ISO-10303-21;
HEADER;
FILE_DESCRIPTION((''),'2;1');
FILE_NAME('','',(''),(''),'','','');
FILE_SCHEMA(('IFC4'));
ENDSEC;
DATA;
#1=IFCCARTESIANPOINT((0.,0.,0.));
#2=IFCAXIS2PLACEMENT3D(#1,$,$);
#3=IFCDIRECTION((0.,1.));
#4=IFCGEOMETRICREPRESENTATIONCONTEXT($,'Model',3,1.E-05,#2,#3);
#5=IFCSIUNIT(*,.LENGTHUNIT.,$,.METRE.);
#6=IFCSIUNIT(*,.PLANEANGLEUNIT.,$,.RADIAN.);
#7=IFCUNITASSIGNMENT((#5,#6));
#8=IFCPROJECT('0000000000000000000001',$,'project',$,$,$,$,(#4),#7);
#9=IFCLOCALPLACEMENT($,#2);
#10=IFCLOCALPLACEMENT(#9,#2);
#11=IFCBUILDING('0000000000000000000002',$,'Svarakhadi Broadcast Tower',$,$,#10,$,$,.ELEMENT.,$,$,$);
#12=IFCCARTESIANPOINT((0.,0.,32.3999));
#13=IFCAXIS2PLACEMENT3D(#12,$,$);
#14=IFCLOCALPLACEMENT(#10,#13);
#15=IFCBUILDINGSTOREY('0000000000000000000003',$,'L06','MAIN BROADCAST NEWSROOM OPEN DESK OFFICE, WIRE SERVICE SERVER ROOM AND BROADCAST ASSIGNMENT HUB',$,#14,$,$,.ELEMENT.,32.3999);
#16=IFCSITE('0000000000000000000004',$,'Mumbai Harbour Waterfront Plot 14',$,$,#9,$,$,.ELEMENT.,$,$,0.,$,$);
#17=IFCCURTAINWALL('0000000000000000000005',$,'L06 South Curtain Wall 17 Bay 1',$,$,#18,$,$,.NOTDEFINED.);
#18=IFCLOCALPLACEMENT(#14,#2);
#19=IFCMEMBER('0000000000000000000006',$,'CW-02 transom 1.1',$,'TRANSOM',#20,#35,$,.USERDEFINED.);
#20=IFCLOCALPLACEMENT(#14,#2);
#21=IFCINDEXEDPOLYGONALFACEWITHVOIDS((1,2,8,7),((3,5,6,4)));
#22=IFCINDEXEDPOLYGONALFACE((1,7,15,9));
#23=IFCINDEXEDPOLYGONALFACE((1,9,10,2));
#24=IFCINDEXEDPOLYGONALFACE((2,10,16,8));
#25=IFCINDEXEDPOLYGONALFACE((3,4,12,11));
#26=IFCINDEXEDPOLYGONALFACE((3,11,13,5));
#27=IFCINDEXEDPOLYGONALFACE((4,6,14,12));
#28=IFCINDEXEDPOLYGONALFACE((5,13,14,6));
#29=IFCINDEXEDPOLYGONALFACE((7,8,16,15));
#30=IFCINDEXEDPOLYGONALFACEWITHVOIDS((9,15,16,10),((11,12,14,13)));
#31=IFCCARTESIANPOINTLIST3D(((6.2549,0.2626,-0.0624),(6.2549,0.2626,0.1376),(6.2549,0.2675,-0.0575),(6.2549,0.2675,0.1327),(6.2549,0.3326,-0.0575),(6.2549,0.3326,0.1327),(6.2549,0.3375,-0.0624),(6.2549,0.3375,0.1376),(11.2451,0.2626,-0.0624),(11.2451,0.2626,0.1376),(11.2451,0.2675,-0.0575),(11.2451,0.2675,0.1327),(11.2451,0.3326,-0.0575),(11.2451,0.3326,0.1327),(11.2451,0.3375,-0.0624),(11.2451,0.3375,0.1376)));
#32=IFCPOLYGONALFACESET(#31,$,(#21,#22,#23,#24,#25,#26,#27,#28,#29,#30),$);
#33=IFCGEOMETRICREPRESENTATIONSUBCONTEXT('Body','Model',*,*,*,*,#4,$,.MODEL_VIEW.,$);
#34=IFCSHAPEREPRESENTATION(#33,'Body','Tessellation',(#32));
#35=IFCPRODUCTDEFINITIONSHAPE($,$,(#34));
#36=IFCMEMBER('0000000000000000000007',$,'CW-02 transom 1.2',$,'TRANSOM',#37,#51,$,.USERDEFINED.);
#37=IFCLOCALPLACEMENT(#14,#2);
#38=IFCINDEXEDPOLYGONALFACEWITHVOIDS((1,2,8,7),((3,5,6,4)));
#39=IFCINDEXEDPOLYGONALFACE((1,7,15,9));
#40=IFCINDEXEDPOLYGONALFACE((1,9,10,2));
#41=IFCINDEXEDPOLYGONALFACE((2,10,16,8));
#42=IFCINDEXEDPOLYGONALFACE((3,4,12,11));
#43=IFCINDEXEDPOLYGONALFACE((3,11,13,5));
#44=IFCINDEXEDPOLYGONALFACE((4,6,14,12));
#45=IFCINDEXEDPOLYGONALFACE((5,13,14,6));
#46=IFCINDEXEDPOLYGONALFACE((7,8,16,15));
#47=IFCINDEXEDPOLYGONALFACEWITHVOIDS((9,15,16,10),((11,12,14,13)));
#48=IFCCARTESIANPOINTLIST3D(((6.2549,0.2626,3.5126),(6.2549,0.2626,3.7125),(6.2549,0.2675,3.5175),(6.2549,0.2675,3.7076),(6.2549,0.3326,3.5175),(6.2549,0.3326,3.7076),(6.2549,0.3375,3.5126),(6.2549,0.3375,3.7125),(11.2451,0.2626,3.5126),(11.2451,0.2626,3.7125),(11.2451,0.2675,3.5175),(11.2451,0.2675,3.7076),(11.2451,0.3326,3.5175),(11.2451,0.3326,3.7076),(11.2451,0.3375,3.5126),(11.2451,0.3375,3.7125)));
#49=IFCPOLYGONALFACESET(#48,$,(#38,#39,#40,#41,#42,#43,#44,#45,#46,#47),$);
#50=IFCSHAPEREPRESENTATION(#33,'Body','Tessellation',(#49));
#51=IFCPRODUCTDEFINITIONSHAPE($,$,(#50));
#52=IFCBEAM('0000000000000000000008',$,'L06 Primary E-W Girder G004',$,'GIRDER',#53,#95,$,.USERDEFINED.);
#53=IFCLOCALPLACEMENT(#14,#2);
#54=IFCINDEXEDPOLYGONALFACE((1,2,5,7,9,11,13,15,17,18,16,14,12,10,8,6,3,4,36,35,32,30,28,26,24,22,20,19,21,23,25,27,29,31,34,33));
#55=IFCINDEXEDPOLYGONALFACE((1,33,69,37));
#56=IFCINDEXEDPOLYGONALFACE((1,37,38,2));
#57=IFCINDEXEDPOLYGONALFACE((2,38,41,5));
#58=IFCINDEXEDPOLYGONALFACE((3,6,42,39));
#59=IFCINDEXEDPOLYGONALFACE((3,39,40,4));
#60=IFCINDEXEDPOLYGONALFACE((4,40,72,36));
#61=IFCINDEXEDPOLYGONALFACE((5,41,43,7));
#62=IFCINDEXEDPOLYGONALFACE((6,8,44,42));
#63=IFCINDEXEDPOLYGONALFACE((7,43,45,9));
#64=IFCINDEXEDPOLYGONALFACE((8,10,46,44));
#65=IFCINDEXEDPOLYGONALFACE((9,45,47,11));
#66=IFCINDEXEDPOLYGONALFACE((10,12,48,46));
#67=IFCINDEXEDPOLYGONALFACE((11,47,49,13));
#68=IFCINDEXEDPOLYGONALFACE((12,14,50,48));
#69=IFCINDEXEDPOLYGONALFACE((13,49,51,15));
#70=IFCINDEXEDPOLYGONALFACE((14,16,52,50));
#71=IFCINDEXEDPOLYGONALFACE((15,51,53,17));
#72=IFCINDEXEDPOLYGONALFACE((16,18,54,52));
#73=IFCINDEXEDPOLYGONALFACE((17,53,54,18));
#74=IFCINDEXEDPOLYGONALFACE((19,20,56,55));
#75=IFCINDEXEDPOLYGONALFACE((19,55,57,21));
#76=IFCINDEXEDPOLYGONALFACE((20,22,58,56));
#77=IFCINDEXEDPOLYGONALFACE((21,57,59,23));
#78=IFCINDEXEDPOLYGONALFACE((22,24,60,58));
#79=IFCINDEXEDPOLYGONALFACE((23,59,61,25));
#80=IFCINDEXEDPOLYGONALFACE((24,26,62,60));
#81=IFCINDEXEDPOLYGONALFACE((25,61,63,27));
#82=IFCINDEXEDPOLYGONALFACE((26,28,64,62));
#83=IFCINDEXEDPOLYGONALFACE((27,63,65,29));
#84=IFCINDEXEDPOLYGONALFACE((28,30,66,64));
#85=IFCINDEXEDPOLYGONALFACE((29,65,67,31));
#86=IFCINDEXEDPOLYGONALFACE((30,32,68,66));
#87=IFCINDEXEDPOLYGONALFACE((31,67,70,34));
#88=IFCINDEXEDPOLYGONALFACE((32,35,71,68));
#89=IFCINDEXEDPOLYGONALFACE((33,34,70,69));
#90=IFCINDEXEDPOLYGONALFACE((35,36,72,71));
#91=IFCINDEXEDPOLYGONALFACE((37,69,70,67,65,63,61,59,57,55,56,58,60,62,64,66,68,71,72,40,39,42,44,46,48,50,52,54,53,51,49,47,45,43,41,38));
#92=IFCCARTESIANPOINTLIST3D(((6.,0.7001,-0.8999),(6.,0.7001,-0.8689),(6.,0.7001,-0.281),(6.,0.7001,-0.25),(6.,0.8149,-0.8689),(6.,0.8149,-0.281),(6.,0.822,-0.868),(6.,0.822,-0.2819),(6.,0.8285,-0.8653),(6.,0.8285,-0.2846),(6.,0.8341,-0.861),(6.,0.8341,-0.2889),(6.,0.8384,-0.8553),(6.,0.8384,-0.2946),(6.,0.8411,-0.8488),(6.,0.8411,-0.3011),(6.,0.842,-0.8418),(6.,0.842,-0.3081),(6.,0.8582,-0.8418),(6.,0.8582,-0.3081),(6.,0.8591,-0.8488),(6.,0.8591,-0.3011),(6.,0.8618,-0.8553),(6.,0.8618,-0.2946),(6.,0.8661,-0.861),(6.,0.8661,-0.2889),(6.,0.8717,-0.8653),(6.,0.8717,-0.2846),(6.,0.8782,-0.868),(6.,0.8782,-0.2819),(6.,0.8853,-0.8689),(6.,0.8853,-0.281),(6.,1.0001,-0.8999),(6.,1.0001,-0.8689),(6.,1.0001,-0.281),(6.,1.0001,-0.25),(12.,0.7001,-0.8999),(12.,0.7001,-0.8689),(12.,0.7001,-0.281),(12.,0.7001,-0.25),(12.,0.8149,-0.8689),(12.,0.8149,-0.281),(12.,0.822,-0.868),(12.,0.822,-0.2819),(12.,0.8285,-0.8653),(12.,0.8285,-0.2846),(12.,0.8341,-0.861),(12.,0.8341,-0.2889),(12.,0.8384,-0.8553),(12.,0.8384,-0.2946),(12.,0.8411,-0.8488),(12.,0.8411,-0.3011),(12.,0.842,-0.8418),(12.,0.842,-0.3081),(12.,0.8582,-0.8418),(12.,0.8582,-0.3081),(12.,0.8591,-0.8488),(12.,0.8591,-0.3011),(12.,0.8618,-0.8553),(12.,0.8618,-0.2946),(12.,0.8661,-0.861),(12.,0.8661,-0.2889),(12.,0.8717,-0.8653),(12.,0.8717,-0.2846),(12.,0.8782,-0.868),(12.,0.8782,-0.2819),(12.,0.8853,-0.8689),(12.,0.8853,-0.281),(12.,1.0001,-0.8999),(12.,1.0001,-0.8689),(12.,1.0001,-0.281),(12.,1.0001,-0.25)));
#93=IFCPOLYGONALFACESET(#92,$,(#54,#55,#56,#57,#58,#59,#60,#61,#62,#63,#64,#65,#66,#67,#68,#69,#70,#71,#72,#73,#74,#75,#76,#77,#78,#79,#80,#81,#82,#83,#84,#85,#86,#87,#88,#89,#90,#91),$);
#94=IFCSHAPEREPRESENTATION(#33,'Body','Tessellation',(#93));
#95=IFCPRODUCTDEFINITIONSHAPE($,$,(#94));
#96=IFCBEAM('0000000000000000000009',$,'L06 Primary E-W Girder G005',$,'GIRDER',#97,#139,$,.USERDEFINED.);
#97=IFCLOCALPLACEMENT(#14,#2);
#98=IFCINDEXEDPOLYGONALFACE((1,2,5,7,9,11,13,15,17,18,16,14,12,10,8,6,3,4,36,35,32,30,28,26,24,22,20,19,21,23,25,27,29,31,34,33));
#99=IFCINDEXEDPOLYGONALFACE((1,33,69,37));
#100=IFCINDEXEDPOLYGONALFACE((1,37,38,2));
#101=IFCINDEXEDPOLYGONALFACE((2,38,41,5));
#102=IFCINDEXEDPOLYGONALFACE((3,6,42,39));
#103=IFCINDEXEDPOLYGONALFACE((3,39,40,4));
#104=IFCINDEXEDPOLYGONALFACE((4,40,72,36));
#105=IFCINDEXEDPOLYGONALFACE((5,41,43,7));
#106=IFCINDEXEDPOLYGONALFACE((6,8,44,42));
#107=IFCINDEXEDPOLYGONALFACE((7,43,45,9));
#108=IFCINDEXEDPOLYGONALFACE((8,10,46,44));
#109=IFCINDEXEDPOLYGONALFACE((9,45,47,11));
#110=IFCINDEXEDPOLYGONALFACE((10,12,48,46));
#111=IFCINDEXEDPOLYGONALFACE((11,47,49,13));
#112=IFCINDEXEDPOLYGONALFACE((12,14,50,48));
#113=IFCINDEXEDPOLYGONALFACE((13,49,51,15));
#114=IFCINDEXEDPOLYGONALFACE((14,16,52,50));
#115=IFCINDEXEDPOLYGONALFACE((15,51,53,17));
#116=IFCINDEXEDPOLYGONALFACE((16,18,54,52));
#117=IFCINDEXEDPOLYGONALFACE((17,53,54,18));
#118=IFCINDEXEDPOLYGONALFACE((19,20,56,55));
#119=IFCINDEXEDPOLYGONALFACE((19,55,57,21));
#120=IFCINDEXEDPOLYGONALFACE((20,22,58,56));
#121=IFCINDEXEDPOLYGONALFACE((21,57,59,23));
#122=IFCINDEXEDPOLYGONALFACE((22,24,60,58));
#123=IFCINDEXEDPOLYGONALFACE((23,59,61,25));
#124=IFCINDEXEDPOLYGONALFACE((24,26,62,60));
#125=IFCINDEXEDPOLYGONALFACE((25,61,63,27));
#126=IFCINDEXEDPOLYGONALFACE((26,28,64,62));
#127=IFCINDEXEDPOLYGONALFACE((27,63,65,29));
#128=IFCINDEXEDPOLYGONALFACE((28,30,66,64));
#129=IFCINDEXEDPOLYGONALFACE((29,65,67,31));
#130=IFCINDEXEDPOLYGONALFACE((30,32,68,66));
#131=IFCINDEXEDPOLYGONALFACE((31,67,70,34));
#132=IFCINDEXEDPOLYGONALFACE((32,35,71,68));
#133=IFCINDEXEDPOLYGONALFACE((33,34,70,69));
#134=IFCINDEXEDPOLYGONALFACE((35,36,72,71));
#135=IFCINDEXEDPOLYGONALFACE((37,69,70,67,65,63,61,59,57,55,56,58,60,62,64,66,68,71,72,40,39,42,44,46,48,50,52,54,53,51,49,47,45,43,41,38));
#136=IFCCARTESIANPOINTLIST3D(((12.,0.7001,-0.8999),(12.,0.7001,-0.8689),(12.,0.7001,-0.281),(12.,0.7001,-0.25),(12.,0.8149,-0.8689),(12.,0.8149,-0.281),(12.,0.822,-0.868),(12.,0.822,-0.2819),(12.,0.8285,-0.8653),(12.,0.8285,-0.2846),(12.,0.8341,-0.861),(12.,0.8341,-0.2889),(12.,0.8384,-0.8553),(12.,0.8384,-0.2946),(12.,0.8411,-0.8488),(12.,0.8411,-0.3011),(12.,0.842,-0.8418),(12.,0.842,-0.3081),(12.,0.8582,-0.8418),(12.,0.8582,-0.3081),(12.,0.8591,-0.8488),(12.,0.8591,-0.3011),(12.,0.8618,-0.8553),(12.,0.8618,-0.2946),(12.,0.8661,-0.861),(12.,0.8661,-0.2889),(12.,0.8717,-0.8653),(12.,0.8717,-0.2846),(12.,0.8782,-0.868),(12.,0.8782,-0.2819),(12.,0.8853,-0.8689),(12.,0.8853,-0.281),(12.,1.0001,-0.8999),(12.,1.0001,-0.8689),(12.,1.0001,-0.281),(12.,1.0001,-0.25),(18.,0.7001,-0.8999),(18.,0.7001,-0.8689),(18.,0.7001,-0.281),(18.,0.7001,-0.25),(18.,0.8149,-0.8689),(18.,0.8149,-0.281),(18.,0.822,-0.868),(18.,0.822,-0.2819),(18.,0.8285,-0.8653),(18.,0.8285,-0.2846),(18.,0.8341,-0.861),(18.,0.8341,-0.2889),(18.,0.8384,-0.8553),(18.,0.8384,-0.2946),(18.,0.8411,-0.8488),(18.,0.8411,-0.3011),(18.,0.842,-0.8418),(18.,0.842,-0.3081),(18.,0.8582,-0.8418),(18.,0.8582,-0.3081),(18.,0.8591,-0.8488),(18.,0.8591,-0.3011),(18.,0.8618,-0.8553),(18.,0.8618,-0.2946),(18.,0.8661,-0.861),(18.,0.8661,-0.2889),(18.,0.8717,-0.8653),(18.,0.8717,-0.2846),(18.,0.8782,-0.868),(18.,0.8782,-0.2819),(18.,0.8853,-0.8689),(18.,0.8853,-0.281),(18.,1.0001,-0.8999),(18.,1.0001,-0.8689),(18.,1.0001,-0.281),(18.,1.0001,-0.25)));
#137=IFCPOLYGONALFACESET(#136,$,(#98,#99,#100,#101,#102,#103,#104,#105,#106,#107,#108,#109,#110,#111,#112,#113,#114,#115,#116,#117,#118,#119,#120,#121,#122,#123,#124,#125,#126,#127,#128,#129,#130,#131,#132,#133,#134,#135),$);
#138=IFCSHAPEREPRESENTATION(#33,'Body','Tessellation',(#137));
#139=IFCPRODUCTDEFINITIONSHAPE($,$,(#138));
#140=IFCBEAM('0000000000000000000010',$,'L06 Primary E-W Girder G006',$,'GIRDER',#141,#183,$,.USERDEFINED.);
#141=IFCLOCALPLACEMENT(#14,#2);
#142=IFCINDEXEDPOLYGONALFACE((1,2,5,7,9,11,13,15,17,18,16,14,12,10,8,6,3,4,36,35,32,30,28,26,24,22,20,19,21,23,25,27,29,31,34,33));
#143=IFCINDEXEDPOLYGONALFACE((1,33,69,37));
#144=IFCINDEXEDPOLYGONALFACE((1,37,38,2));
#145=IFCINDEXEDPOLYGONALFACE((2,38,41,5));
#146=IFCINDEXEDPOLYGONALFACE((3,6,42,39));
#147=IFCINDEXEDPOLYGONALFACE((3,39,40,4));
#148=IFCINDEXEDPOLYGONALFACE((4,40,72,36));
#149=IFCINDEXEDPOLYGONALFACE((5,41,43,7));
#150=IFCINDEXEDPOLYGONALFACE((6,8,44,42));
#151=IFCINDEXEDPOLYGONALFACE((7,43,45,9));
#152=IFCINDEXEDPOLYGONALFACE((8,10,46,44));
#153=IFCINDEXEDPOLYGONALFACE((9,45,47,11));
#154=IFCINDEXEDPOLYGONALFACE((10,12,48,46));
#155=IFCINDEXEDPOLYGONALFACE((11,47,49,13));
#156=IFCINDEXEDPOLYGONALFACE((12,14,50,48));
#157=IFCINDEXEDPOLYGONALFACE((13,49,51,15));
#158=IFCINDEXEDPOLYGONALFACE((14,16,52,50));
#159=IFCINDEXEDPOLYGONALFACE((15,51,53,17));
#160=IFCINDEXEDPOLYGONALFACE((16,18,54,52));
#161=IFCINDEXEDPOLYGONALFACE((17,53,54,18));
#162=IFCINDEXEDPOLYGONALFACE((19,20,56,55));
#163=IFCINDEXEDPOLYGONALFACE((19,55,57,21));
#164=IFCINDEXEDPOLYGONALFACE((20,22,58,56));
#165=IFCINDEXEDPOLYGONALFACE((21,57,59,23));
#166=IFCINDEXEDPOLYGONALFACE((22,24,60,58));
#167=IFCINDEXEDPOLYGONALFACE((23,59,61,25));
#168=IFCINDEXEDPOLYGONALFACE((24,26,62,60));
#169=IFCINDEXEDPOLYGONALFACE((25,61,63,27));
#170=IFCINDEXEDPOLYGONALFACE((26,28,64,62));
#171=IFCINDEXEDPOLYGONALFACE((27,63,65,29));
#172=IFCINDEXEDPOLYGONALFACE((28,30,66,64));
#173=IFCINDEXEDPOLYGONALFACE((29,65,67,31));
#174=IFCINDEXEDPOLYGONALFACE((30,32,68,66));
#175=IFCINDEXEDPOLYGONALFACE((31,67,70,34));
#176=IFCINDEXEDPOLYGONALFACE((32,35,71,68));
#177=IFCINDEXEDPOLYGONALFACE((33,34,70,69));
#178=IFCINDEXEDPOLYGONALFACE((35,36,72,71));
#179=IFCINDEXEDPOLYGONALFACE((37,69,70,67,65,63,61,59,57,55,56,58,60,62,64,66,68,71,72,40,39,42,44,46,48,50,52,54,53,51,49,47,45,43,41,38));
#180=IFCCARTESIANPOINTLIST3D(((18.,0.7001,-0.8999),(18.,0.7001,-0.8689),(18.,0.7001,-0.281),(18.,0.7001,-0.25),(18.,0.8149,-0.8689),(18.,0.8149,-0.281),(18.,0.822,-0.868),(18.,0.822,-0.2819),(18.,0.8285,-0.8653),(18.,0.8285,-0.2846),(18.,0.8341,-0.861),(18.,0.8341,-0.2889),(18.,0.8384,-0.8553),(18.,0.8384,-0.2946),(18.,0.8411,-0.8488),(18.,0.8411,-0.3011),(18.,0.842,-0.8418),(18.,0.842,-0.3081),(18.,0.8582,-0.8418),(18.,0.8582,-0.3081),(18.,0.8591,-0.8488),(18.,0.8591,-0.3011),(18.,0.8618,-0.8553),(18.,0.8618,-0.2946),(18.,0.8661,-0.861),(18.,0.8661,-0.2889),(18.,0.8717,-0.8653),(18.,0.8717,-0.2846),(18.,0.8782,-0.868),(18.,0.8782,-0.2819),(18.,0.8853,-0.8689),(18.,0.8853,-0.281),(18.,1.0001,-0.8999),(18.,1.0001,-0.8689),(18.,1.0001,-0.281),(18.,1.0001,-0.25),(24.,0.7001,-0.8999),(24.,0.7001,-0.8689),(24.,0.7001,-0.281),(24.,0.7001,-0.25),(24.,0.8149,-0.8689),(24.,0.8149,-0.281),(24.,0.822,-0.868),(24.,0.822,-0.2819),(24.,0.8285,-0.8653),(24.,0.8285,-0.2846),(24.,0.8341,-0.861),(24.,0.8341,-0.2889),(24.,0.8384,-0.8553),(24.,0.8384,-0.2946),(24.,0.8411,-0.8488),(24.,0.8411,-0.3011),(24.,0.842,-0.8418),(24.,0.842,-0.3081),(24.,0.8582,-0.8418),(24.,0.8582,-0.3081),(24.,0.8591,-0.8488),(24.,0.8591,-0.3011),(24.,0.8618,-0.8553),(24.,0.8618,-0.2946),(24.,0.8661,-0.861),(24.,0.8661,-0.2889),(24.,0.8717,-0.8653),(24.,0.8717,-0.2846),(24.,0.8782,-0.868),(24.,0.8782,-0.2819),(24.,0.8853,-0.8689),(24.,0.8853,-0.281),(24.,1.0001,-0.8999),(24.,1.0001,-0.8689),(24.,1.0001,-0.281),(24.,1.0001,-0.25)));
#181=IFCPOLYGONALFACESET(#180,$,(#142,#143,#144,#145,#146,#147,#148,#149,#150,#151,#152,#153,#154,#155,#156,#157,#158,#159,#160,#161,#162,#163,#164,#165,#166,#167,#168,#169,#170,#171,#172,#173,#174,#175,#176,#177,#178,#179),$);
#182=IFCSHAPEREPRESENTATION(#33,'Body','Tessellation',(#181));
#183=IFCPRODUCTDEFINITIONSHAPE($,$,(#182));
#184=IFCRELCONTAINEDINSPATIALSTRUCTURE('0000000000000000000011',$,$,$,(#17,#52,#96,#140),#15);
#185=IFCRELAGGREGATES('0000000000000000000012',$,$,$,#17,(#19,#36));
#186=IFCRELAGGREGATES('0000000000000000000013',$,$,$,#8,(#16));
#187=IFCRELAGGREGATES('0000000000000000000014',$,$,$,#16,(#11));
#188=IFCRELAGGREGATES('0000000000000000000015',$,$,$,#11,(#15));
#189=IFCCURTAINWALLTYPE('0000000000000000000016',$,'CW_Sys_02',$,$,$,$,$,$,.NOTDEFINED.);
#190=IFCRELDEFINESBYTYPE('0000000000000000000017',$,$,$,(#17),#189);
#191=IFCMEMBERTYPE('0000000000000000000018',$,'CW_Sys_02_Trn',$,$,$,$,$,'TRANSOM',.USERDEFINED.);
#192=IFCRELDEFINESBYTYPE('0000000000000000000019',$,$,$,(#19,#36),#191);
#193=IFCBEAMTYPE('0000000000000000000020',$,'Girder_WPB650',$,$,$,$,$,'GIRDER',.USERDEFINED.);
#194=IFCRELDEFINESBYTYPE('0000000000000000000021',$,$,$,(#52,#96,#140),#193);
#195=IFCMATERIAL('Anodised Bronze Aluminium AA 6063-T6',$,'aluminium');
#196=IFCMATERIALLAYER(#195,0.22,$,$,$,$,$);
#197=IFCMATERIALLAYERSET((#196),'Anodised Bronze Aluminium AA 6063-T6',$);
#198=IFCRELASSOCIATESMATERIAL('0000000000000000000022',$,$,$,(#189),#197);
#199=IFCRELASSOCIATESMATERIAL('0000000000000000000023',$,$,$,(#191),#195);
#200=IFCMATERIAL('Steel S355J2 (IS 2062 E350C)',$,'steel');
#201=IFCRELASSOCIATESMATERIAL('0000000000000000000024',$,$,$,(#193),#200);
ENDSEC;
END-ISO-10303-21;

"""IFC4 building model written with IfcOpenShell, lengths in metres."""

from ifc_helpers import new_model, si_unit, direction, frame, origin, origin_2d, place, context, subcontext, project, spatial, hollow_rectangle, i_section, extrude, material, layer, layer_set, material_profile, profile_set, type_object, element, aggregate, save


model = new_model("IFC4")

# Units and contexts
model_context = context("Model", 3, precision=1e-05, world=origin(), true_north=direction((0.0, 1.0)))
body_context = subcontext(model_context, "Body", "Model", "MODEL_VIEW")
ifc_project = project(units=[si_unit("LENGTHUNIT", "METRE"), si_unit("PLANEANGLEUNIT", "RADIAN")], contexts=[model_context])

# Site, building, storey
site_placement = place(None, origin())
site = spatial("IfcSite", under=ifc_project, at=site_placement, Name="Mumbai Harbour Waterfront Plot 14", CompositionType="ELEMENT", RefElevation=0.0)
building_placement = place(site_placement, origin())
building = spatial("IfcBuilding", under=site, at=building_placement, Name="Svarakhadi Broadcast Tower", CompositionType="ELEMENT")
storey_placement = place(building_placement, frame((0.0, 0.0, 32.3999)))
storey = spatial("IfcBuildingStorey", under=building, at=storey_placement, Name="L06", Description="MAIN BROADCAST NEWSROOM OPEN DESK OFFICE, WIRE SERVICE SERVER ROOM AND BROADCAST ASSIGNMENT HUB", CompositionType="ELEMENT", Elevation=32.3999)

# Shared definitions
ifc_material_1 = material(Name="Steel S355J2 (IS 2062 E350C)", Category="steel")

# Curtain wall, members
ifc_material_2 = material(Name="Anodised Bronze Aluminium AA 6063-T6", Category="aluminium")
ifc_layer_1 = layer(ifc_material_2, 0.22)
ifc_layer_set_1 = layer_set([ifc_layer_1], Name="Anodised Bronze Aluminium AA 6063-T6")
curtain_wall_type = type_object("IfcCurtainWallType", Name="CW_Sys_02", PredefinedType="NOTDEFINED", material=ifc_layer_set_1)
curtain_wall_placement = place(storey_placement, origin())
curtain_wall = element("IfcCurtainWall", 1, at=curtain_wall_placement, inside=storey, type_object=curtain_wall_type, Name="L06 South Curtain Wall 17 Bay 1", PredefinedType="NOTDEFINED")
ifc_material_profile_1 = material_profile(ifc_material_2, hollow_rectangle(XDim=0.075, YDim=0.2, WallThickness=0.0049, at=origin_2d()), Name="ALU TRANSOM 200x75x5")
ifc_profile_set_1 = profile_set([ifc_material_profile_1], Name="Anodised Bronze Aluminium AA 6063-T6")
member_type_1 = type_object("IfcMemberType", Name="CW_Sys_02_Trn", ElementType="TRANSOM", PredefinedType="USERDEFINED", material=ifc_profile_set_1)
member_1_placement = place(storey_placement, frame((11.2451, 0.3, 0.0376), z_axis=(-1.0, 0.0, 0.0), x_axis=(0.0, -1.0, 0.0)))
member_1 = element("IfcMember", 2, at=member_1_placement, type_object=member_type_1, Name="CW-02 transom 1.1", ObjectType="TRANSOM", PredefinedType="USERDEFINED", context=body_context, shape_type="SweptSolid", body=[
    extrude(hollow_rectangle(XDim=0.075, YDim=0.2, WallThickness=0.0049, at=origin_2d()), origin(), (0.0, 0.0, 1.0), 4.9902),
])
member_2_placement = place(storey_placement, frame((11.2451, 0.3, 3.6125), z_axis=(-1.0, 0.0, 0.0), x_axis=(0.0, -1.0, 0.0)))
member_2 = element("IfcMember", 3, at=member_2_placement, type_object=member_type_1, Name="CW-02 transom 1.2", ObjectType="TRANSOM", PredefinedType="USERDEFINED", context=body_context, shape_type="SweptSolid", body=[
    extrude(hollow_rectangle(XDim=0.075, YDim=0.2, WallThickness=0.0049, at=origin_2d()), origin(), (0.0, 0.0, 1.0), 4.9902),
])

# Beams
ifc_material_profile_2 = material_profile(ifc_material_1, i_section(OverallWidth=0.3, OverallDepth=0.6499, WebThickness=0.0161, FlangeThickness=0.031, FilletRadius=0.0271, at=origin_2d()), Name="WPB 650x300x225")
ifc_profile_set_2 = profile_set([ifc_material_profile_2], Name="Steel S355J2 (IS 2062 E350C)")
beam_type_1 = type_object("IfcBeamType", Name="Girder_WPB650", ElementType="GIRDER", PredefinedType="USERDEFINED", material=ifc_profile_set_2)
for number, where, z_axis, x_axis, name in (
    (4, (6.0, 0.8501, -0.575), (1.0, 0.0, 0.0), (0.0, 1.0, 0.0), "L06 Primary E-W Girder G004"),
    (5, (12.0, 0.8501, -0.575), (1.0, 0.0, 0.0), (0.0, 1.0, 0.0), "L06 Primary E-W Girder G005"),
    (6, (18.0, 0.8501, -0.575), (1.0, 0.0, 0.0), (0.0, 1.0, 0.0), "L06 Primary E-W Girder G006"),
):
    element("IfcBeam", number, at=place(storey_placement, frame(where, z_axis=z_axis, x_axis=x_axis)), inside=storey, type_object=beam_type_1, Name=name, ObjectType="GIRDER", PredefinedType="USERDEFINED", context=body_context, shape_type="SweptSolid", body=[
        extrude(i_section(OverallWidth=0.3, OverallDepth=0.6499, WebThickness=0.0161, FlangeThickness=0.031, FilletRadius=0.0271, at=origin_2d()), origin(), (0.0, 0.0, 1.0), 6.0),
    ])

aggregate(curtain_wall, [member_1, member_2])

save(model, "model.ifc")
